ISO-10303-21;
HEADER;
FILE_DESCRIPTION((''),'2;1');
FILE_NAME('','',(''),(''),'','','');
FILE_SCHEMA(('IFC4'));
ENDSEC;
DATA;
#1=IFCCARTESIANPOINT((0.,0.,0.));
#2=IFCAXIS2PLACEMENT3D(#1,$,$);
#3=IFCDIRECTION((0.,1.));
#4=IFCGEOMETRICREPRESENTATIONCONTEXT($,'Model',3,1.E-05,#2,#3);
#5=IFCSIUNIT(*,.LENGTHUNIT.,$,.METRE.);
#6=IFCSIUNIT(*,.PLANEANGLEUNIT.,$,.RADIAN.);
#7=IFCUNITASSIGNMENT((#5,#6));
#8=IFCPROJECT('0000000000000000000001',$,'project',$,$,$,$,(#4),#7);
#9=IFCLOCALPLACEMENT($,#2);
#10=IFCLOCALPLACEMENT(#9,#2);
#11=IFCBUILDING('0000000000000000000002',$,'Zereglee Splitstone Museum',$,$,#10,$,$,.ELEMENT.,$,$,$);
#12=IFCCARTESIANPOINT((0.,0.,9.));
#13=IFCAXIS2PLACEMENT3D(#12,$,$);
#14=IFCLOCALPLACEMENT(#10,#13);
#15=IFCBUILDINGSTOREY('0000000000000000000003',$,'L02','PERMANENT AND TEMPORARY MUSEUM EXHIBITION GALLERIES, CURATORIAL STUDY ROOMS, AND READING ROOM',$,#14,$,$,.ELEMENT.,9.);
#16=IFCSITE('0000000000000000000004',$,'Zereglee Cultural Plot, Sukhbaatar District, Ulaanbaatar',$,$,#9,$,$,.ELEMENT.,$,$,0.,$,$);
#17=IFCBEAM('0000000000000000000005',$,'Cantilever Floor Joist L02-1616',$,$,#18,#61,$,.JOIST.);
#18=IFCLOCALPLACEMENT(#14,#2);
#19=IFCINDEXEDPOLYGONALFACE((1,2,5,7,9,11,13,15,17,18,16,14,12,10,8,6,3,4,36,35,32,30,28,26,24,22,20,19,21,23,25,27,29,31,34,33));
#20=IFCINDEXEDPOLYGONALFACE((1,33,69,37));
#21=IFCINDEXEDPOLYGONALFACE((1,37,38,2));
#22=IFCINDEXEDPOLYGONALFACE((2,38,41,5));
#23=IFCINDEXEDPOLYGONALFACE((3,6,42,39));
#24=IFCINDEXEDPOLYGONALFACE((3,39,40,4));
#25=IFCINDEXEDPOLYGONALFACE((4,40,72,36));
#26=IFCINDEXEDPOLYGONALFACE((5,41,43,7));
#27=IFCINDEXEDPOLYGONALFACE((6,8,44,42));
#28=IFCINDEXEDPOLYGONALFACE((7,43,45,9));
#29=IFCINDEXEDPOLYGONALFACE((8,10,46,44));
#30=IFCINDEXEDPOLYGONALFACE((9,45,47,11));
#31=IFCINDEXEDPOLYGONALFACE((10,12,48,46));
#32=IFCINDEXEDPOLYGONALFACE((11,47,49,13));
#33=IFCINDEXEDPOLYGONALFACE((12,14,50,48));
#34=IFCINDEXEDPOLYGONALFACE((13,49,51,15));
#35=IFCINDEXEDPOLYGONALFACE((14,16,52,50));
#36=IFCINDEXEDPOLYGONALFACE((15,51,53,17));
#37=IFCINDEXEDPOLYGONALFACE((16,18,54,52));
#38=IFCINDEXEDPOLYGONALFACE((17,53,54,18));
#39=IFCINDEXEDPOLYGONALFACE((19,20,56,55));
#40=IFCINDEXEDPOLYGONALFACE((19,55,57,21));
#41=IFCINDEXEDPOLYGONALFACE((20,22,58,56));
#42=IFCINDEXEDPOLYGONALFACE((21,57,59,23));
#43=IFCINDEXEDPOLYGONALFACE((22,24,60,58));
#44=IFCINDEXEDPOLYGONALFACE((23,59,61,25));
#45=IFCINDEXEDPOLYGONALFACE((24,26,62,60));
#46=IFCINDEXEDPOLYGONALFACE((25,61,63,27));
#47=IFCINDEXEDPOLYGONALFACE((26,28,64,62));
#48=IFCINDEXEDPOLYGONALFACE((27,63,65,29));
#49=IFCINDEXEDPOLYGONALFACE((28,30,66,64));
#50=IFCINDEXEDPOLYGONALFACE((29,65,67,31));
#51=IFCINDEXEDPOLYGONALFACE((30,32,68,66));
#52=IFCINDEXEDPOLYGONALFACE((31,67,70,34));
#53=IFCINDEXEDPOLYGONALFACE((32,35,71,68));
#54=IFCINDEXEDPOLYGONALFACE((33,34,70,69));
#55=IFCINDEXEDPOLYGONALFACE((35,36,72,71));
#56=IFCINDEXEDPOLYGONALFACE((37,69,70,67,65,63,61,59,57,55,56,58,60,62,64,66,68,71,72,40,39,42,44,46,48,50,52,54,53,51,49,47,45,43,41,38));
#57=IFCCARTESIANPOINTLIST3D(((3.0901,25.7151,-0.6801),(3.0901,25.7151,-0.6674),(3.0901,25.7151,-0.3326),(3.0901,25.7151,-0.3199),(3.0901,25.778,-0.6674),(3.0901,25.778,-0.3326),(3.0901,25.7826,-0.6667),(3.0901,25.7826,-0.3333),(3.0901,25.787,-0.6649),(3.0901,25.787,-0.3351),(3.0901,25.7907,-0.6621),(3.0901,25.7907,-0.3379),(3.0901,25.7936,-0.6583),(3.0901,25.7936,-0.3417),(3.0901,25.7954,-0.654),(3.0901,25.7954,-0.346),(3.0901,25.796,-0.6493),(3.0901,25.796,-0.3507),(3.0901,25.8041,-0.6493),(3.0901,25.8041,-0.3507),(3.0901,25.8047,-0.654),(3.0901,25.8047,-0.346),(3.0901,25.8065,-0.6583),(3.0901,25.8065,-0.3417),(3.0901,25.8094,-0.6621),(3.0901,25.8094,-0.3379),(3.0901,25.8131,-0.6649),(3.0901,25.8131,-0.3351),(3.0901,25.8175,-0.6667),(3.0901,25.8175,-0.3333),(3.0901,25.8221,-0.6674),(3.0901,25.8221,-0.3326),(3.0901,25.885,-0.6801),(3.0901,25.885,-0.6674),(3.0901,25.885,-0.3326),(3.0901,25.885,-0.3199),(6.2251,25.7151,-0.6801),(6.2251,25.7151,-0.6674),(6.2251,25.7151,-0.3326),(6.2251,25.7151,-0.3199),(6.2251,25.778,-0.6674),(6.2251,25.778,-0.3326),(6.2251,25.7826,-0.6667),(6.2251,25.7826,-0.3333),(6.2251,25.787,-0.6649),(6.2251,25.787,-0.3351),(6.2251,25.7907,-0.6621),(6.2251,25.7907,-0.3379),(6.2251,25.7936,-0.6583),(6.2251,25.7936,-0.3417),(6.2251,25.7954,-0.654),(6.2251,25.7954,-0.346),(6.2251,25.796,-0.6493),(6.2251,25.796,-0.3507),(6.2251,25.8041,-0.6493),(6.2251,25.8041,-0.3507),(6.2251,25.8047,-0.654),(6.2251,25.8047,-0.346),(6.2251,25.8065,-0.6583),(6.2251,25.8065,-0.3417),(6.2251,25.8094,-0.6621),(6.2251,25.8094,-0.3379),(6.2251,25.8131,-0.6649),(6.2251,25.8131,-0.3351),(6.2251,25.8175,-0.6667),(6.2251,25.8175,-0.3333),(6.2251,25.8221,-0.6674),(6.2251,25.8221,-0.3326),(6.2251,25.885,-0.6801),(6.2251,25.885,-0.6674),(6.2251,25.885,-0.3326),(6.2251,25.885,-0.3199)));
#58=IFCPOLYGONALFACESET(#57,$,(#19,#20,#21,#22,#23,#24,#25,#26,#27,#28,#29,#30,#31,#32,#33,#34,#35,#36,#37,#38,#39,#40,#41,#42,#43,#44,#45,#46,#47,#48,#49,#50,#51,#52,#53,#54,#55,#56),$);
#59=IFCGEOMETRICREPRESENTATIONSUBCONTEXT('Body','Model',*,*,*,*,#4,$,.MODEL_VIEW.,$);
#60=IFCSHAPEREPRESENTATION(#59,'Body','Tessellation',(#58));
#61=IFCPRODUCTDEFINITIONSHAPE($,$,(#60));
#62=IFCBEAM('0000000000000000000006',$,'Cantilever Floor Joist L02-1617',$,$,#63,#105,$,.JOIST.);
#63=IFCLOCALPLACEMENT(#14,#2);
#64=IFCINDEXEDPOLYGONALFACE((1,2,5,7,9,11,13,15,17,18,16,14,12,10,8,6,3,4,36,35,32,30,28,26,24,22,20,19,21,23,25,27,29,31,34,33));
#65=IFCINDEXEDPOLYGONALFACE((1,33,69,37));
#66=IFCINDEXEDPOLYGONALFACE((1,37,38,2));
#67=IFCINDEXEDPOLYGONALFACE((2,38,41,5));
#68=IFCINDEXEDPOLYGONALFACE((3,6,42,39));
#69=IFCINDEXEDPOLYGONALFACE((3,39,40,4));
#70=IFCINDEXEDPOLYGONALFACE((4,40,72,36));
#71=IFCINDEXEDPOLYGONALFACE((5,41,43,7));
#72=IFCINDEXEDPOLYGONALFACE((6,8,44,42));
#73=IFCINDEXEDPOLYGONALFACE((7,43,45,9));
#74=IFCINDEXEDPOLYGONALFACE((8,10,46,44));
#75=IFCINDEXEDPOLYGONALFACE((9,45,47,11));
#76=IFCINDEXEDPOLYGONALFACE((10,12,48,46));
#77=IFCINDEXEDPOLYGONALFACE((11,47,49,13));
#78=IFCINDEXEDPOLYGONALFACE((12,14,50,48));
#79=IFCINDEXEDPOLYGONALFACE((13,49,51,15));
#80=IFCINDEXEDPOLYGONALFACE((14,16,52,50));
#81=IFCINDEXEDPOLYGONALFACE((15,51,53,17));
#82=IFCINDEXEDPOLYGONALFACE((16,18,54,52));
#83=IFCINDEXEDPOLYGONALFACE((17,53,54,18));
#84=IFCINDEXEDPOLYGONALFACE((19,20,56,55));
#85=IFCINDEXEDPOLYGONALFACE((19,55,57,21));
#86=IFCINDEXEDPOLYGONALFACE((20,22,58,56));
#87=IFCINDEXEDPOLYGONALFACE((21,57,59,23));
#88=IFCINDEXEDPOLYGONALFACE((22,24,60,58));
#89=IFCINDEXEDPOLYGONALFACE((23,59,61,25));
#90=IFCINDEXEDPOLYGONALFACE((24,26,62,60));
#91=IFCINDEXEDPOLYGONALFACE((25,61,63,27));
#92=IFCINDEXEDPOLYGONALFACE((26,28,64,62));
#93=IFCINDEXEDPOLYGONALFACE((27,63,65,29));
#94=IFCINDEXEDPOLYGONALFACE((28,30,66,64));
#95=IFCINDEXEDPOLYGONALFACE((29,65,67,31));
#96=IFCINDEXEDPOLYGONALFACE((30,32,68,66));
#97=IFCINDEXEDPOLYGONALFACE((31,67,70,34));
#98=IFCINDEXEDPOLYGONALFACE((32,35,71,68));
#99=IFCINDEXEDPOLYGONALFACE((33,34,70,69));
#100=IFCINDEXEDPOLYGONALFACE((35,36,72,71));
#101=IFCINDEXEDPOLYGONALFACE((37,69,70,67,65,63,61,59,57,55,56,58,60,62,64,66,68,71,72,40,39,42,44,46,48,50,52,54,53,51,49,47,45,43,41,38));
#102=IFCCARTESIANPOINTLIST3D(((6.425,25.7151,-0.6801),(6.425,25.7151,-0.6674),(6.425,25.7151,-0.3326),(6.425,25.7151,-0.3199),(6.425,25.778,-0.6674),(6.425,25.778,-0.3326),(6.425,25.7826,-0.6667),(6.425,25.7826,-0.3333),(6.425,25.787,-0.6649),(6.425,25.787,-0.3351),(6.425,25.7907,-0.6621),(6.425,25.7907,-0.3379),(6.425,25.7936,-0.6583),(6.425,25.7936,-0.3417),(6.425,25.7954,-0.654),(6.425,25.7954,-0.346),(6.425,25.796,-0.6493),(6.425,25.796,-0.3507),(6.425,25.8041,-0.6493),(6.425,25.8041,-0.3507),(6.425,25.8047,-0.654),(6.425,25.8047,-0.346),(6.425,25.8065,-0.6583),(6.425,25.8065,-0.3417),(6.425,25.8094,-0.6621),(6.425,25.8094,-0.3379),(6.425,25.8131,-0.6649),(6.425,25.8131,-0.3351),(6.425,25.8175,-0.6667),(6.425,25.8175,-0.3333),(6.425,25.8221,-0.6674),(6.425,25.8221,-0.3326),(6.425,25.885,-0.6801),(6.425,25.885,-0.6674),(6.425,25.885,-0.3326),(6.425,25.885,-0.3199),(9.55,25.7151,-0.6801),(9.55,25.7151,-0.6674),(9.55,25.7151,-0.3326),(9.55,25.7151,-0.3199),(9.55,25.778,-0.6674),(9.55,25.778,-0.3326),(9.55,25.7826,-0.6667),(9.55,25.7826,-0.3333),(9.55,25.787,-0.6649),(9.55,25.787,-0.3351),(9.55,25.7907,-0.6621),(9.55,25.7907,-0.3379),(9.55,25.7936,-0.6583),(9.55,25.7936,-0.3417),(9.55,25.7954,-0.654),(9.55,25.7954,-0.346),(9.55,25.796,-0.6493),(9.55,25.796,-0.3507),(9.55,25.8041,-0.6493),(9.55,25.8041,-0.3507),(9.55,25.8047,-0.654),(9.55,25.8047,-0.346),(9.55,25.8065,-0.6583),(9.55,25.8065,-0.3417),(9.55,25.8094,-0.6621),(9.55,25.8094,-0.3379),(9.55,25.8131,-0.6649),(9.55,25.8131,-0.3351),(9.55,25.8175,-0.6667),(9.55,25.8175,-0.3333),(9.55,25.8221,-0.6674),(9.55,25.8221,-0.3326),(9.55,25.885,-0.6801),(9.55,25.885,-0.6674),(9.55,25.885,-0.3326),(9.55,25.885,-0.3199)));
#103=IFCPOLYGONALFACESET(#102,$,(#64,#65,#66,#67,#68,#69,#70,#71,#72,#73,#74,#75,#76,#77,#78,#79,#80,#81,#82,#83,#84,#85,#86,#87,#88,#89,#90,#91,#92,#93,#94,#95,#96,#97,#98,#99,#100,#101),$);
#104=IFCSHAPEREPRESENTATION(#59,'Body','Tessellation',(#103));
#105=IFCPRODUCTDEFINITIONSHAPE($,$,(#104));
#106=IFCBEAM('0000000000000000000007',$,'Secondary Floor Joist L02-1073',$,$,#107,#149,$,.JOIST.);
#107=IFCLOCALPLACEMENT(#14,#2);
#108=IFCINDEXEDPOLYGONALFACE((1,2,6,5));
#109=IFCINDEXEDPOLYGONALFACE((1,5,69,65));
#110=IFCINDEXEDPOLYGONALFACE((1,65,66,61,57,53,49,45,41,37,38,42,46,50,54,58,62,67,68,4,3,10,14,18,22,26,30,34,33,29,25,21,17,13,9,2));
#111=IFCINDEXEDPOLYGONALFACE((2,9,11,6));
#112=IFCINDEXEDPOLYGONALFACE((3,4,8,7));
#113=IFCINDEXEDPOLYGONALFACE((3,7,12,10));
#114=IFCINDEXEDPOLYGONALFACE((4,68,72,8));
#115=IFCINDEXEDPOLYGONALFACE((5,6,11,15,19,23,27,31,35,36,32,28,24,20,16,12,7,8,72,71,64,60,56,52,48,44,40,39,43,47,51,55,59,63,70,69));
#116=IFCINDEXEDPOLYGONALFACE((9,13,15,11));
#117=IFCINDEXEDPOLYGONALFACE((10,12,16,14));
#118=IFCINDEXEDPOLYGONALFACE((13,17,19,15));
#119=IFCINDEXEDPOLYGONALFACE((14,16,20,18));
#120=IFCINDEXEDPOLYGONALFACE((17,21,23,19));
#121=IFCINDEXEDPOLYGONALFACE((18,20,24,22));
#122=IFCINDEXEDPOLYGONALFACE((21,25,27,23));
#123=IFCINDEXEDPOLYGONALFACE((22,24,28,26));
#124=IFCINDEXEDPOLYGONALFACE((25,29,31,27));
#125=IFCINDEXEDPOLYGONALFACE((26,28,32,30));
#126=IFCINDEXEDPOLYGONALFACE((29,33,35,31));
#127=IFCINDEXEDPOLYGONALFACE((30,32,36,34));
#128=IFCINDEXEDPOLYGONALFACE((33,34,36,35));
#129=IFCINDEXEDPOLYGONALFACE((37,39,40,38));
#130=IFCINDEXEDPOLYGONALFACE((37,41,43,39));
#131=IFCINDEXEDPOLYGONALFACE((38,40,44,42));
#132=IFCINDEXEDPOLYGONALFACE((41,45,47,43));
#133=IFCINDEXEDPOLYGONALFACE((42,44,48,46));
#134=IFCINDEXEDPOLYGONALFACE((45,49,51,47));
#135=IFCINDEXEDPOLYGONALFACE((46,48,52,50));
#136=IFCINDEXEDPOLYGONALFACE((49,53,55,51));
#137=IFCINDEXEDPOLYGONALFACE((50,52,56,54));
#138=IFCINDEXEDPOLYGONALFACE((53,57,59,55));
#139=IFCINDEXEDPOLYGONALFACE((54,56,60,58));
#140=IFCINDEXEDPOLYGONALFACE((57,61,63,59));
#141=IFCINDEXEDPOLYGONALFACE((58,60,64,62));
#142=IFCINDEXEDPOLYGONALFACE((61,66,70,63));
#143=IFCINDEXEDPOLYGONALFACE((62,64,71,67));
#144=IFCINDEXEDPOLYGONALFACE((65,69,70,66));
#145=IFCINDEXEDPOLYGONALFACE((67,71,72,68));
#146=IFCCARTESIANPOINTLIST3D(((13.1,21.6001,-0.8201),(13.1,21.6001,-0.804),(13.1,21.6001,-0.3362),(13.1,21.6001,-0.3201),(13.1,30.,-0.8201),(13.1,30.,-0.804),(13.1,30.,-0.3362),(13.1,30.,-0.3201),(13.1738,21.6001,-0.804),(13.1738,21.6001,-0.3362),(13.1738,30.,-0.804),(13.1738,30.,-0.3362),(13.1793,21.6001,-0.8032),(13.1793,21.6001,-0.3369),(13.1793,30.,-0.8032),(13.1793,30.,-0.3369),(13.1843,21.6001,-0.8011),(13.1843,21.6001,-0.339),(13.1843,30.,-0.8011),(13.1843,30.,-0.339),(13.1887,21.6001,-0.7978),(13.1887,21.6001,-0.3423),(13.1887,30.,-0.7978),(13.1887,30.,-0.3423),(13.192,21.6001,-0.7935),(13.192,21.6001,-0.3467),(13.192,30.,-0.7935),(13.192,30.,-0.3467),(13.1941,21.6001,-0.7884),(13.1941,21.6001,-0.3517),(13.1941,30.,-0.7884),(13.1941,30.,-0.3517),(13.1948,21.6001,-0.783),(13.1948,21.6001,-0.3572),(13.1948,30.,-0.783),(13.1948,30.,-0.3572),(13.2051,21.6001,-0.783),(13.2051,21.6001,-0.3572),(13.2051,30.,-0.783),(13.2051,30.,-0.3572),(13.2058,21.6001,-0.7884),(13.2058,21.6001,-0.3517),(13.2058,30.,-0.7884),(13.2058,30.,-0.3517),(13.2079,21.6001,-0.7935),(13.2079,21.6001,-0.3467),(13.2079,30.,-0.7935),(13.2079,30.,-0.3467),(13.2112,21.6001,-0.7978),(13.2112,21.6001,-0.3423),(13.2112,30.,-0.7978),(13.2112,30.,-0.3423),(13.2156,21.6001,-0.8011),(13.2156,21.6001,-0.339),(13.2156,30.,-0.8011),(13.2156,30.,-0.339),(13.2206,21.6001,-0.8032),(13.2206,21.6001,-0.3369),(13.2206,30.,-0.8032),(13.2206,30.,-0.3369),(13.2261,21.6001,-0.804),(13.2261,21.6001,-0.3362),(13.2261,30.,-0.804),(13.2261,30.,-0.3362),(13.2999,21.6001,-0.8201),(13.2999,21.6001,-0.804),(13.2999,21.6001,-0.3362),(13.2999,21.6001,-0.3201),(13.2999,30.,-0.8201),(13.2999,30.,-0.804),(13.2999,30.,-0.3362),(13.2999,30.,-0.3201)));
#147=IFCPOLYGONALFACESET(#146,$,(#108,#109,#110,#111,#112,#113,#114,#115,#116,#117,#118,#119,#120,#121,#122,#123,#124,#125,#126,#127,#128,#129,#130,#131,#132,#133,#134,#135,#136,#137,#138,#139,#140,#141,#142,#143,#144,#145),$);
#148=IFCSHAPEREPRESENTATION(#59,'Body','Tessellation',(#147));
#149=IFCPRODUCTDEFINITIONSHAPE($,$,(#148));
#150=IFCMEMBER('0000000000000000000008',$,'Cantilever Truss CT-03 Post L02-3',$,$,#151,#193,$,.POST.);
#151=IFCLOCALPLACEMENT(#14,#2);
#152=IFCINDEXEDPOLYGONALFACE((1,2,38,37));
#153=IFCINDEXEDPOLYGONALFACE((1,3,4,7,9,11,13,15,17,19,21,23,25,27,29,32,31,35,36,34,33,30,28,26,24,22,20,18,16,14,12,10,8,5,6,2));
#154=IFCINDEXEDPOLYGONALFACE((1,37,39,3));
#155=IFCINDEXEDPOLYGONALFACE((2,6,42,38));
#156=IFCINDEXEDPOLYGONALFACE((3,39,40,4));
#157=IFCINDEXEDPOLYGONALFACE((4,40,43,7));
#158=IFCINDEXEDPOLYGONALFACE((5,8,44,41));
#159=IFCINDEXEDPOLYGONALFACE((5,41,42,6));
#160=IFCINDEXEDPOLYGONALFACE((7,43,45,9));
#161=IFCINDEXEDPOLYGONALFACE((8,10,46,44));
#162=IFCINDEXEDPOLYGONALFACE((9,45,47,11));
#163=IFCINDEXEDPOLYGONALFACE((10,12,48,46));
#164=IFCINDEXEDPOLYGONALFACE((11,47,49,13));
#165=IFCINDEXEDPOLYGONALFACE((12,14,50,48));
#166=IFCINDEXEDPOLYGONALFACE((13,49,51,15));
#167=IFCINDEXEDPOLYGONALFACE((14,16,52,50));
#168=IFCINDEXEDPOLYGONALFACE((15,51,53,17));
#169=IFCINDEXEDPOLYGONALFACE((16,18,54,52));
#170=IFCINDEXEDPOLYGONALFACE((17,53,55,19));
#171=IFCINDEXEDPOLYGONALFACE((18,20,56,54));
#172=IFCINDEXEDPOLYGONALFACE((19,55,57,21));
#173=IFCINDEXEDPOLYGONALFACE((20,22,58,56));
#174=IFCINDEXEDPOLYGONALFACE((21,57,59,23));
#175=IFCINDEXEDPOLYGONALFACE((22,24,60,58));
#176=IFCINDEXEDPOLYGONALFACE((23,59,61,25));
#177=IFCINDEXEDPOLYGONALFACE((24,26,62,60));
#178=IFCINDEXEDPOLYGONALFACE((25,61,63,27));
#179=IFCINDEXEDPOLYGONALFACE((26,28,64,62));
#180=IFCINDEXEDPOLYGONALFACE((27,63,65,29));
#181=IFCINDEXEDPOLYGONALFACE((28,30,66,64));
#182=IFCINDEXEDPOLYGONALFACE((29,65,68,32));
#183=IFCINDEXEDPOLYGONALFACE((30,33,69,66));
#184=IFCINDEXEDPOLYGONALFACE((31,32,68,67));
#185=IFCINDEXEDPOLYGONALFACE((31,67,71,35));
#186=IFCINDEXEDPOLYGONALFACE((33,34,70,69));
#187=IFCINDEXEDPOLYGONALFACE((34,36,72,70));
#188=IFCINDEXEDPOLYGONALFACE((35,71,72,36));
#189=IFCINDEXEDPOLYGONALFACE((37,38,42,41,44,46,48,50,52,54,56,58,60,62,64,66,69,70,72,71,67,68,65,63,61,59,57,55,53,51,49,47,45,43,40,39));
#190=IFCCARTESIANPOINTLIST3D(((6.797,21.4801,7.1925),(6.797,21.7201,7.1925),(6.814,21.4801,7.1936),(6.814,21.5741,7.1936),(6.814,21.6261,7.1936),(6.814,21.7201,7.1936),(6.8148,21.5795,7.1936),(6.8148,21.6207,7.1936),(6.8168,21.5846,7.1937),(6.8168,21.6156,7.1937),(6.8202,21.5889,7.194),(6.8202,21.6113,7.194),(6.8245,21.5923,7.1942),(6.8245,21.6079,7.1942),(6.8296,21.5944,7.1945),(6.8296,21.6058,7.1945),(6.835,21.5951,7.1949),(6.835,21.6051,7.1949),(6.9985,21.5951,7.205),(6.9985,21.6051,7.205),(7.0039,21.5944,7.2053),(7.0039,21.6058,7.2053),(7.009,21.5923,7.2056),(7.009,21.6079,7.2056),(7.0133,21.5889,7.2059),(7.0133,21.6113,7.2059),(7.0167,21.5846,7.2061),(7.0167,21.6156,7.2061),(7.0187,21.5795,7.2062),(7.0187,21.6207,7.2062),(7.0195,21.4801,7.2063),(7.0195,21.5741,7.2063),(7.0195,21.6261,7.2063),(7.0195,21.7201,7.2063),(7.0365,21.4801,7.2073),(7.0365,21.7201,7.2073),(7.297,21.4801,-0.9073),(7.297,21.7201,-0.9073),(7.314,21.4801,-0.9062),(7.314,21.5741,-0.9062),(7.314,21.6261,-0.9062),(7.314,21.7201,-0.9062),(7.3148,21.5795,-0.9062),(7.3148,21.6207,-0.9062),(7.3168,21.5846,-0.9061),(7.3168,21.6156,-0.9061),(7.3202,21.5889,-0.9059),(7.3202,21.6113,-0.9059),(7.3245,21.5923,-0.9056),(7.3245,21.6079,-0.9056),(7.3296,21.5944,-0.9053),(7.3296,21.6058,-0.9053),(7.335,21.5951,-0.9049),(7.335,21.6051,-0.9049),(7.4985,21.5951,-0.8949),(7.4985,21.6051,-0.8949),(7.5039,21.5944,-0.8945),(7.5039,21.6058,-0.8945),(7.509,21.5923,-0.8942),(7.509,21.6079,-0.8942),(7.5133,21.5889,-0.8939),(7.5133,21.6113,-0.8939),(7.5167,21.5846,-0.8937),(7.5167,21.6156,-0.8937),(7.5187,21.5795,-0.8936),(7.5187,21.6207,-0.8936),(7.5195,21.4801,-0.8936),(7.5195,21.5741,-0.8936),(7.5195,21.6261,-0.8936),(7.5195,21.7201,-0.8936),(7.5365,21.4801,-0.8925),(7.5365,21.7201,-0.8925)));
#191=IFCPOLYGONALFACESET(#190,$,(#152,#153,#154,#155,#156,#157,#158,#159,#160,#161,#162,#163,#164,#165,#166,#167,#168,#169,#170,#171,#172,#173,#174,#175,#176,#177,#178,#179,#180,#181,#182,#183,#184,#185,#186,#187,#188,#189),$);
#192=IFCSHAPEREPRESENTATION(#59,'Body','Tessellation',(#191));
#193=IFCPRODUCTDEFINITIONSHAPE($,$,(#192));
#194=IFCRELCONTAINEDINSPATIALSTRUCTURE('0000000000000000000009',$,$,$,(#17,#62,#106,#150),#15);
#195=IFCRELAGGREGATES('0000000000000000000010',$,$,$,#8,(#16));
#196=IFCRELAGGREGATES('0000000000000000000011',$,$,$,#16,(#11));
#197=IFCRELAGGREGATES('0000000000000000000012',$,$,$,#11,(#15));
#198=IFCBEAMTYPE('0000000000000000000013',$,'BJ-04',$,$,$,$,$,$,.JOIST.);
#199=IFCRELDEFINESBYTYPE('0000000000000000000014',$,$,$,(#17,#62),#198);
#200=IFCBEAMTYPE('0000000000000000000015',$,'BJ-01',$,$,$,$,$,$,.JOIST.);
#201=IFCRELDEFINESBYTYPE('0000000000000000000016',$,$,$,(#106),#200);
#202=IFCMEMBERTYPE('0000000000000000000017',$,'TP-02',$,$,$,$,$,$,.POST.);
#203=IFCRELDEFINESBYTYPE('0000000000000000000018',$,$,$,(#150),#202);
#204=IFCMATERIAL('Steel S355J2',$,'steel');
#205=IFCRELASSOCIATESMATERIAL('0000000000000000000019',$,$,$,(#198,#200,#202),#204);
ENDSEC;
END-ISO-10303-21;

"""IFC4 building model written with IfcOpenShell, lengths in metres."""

from ifc_helpers import new_model, si_unit, direction, frame, origin, origin_2d, place, context, subcontext, project, spatial, i_section, extrude, material, material_profile, profile_set, type_object, element, save


model = new_model("IFC4")

# Units and contexts
model_context = context("Model", 3, precision=1e-05, world=origin(), true_north=direction((0.0, 1.0)))
body_context = subcontext(model_context, "Body", "Model", "MODEL_VIEW")
ifc_project = project(units=[si_unit("LENGTHUNIT", "METRE"), si_unit("PLANEANGLEUNIT", "RADIAN")], contexts=[model_context])

# Site, building, storey
site_placement = place(None, origin())
site = spatial("IfcSite", under=ifc_project, at=site_placement, Name="Zereglee Cultural Plot, Sukhbaatar District, Ulaanbaatar", CompositionType="ELEMENT", RefElevation=0.0)
building_placement = place(site_placement, origin())
building = spatial("IfcBuilding", under=site, at=building_placement, Name="Zereglee Splitstone Museum", CompositionType="ELEMENT")
storey_placement = place(building_placement, frame((0.0, 0.0, 9.0)))
storey = spatial("IfcBuildingStorey", under=building, at=storey_placement, Name="L02", Description="PERMANENT AND TEMPORARY MUSEUM EXHIBITION GALLERIES, CURATORIAL STUDY ROOMS, AND READING ROOM", CompositionType="ELEMENT", Elevation=9.0)

# Beams
ifc_material_1 = material(Name="Steel S355J2", Category="steel")
ifc_material_profile_1 = material_profile(ifc_material_1, i_section(OverallWidth=0.1699, OverallDepth=0.3601, WebThickness=0.0081, FlangeThickness=0.0127, FilletRadius=0.0181, at=origin_2d()), Name="IPE 360")
ifc_profile_set_1 = profile_set([ifc_material_profile_1], Name="Steel S355J2")
beam_type_1 = type_object("IfcBeamType", Name="BJ-04", PredefinedType="JOIST", material=ifc_profile_set_1)
beam_1_placement = place(storey_placement, frame((3.0901, 25.8, -0.5), z_axis=(1.0, 0.0, 0.0), x_axis=(0.0, 1.0, 0.0)))
element("IfcBeam", 1, at=beam_1_placement, inside=storey, type_object=beam_type_1, Name="Cantilever Floor Joist L02-1616", PredefinedType="JOIST", context=body_context, shape_type="SweptSolid", body=[
    extrude(i_section(OverallWidth=0.1699, OverallDepth=0.3601, WebThickness=0.0081, FlangeThickness=0.0127, FilletRadius=0.0181, at=origin_2d()), origin(), (0.0, 0.0, 1.0), 3.135),
])
beam_2_placement = place(storey_placement, frame((6.425, 25.8, -0.5), z_axis=(1.0, 0.0, 0.0), x_axis=(0.0, 1.0, 0.0)))
element("IfcBeam", 2, at=beam_2_placement, inside=storey, type_object=beam_type_1, Name="Cantilever Floor Joist L02-1617", PredefinedType="JOIST", context=body_context, shape_type="SweptSolid", body=[
    extrude(i_section(OverallWidth=0.1699, OverallDepth=0.3601, WebThickness=0.0081, FlangeThickness=0.0127, FilletRadius=0.0181, at=origin_2d()), origin(), (0.0, 0.0, 1.0), 3.125),
])
ifc_material_profile_2 = material_profile(ifc_material_1, i_section(OverallWidth=0.2, OverallDepth=0.5, WebThickness=0.0103, FlangeThickness=0.0161, FilletRadius=0.021, at=origin_2d()), Name="IPE 500")
ifc_profile_set_2 = profile_set([ifc_material_profile_2], Name="Steel S355J2")
beam_type_2 = type_object("IfcBeamType", Name="BJ-01", PredefinedType="JOIST", material=ifc_profile_set_2)
beam_3_placement = place(storey_placement, frame((13.2, 21.6001, -0.5701), z_axis=(0.0, 1.0, 0.0), x_axis=(-1.0, 0.0, 0.0)))
element("IfcBeam", 3, at=beam_3_placement, inside=storey, type_object=beam_type_2, Name="Secondary Floor Joist L02-1073", PredefinedType="JOIST", context=body_context, shape_type="SweptSolid", body=[
    extrude(i_section(OverallWidth=0.2, OverallDepth=0.5, WebThickness=0.0103, FlangeThickness=0.0161, FilletRadius=0.021, at=origin_2d()), origin(), (0.0, 0.0, 1.0), 8.3999),
])

# Member
ifc_material_profile_3 = material_profile(ifc_material_1, i_section(OverallWidth=0.24, OverallDepth=0.24, WebThickness=0.01, FlangeThickness=0.0171, FilletRadius=0.021, at=origin_2d()), Name="HE 240 B")
ifc_profile_set_3 = profile_set([ifc_material_profile_3], Name="Steel S355J2")
member_type_1 = type_object("IfcMemberType", Name="TP-02", PredefinedType="POST", material=ifc_profile_set_3)
member_1_placement = place(storey_placement, frame((7.4167, 21.6001, -0.8999), z_axis=(-0.061612, 0.0, 0.9981), x_axis=(0.0, -1.0, 0.0)))
element("IfcMember", 4, at=member_1_placement, inside=storey, type_object=member_type_1, Name="Cantilever Truss CT-03 Post L02-3", PredefinedType="POST", context=body_context, shape_type="SweptSolid", body=[
    extrude(i_section(OverallWidth=0.24, OverallDepth=0.24, WebThickness=0.01, FlangeThickness=0.0171, FilletRadius=0.021, at=origin_2d()), origin(), (0.0, 0.0, 1.0), 8.1152),
])

save(model, "model.ifc")
